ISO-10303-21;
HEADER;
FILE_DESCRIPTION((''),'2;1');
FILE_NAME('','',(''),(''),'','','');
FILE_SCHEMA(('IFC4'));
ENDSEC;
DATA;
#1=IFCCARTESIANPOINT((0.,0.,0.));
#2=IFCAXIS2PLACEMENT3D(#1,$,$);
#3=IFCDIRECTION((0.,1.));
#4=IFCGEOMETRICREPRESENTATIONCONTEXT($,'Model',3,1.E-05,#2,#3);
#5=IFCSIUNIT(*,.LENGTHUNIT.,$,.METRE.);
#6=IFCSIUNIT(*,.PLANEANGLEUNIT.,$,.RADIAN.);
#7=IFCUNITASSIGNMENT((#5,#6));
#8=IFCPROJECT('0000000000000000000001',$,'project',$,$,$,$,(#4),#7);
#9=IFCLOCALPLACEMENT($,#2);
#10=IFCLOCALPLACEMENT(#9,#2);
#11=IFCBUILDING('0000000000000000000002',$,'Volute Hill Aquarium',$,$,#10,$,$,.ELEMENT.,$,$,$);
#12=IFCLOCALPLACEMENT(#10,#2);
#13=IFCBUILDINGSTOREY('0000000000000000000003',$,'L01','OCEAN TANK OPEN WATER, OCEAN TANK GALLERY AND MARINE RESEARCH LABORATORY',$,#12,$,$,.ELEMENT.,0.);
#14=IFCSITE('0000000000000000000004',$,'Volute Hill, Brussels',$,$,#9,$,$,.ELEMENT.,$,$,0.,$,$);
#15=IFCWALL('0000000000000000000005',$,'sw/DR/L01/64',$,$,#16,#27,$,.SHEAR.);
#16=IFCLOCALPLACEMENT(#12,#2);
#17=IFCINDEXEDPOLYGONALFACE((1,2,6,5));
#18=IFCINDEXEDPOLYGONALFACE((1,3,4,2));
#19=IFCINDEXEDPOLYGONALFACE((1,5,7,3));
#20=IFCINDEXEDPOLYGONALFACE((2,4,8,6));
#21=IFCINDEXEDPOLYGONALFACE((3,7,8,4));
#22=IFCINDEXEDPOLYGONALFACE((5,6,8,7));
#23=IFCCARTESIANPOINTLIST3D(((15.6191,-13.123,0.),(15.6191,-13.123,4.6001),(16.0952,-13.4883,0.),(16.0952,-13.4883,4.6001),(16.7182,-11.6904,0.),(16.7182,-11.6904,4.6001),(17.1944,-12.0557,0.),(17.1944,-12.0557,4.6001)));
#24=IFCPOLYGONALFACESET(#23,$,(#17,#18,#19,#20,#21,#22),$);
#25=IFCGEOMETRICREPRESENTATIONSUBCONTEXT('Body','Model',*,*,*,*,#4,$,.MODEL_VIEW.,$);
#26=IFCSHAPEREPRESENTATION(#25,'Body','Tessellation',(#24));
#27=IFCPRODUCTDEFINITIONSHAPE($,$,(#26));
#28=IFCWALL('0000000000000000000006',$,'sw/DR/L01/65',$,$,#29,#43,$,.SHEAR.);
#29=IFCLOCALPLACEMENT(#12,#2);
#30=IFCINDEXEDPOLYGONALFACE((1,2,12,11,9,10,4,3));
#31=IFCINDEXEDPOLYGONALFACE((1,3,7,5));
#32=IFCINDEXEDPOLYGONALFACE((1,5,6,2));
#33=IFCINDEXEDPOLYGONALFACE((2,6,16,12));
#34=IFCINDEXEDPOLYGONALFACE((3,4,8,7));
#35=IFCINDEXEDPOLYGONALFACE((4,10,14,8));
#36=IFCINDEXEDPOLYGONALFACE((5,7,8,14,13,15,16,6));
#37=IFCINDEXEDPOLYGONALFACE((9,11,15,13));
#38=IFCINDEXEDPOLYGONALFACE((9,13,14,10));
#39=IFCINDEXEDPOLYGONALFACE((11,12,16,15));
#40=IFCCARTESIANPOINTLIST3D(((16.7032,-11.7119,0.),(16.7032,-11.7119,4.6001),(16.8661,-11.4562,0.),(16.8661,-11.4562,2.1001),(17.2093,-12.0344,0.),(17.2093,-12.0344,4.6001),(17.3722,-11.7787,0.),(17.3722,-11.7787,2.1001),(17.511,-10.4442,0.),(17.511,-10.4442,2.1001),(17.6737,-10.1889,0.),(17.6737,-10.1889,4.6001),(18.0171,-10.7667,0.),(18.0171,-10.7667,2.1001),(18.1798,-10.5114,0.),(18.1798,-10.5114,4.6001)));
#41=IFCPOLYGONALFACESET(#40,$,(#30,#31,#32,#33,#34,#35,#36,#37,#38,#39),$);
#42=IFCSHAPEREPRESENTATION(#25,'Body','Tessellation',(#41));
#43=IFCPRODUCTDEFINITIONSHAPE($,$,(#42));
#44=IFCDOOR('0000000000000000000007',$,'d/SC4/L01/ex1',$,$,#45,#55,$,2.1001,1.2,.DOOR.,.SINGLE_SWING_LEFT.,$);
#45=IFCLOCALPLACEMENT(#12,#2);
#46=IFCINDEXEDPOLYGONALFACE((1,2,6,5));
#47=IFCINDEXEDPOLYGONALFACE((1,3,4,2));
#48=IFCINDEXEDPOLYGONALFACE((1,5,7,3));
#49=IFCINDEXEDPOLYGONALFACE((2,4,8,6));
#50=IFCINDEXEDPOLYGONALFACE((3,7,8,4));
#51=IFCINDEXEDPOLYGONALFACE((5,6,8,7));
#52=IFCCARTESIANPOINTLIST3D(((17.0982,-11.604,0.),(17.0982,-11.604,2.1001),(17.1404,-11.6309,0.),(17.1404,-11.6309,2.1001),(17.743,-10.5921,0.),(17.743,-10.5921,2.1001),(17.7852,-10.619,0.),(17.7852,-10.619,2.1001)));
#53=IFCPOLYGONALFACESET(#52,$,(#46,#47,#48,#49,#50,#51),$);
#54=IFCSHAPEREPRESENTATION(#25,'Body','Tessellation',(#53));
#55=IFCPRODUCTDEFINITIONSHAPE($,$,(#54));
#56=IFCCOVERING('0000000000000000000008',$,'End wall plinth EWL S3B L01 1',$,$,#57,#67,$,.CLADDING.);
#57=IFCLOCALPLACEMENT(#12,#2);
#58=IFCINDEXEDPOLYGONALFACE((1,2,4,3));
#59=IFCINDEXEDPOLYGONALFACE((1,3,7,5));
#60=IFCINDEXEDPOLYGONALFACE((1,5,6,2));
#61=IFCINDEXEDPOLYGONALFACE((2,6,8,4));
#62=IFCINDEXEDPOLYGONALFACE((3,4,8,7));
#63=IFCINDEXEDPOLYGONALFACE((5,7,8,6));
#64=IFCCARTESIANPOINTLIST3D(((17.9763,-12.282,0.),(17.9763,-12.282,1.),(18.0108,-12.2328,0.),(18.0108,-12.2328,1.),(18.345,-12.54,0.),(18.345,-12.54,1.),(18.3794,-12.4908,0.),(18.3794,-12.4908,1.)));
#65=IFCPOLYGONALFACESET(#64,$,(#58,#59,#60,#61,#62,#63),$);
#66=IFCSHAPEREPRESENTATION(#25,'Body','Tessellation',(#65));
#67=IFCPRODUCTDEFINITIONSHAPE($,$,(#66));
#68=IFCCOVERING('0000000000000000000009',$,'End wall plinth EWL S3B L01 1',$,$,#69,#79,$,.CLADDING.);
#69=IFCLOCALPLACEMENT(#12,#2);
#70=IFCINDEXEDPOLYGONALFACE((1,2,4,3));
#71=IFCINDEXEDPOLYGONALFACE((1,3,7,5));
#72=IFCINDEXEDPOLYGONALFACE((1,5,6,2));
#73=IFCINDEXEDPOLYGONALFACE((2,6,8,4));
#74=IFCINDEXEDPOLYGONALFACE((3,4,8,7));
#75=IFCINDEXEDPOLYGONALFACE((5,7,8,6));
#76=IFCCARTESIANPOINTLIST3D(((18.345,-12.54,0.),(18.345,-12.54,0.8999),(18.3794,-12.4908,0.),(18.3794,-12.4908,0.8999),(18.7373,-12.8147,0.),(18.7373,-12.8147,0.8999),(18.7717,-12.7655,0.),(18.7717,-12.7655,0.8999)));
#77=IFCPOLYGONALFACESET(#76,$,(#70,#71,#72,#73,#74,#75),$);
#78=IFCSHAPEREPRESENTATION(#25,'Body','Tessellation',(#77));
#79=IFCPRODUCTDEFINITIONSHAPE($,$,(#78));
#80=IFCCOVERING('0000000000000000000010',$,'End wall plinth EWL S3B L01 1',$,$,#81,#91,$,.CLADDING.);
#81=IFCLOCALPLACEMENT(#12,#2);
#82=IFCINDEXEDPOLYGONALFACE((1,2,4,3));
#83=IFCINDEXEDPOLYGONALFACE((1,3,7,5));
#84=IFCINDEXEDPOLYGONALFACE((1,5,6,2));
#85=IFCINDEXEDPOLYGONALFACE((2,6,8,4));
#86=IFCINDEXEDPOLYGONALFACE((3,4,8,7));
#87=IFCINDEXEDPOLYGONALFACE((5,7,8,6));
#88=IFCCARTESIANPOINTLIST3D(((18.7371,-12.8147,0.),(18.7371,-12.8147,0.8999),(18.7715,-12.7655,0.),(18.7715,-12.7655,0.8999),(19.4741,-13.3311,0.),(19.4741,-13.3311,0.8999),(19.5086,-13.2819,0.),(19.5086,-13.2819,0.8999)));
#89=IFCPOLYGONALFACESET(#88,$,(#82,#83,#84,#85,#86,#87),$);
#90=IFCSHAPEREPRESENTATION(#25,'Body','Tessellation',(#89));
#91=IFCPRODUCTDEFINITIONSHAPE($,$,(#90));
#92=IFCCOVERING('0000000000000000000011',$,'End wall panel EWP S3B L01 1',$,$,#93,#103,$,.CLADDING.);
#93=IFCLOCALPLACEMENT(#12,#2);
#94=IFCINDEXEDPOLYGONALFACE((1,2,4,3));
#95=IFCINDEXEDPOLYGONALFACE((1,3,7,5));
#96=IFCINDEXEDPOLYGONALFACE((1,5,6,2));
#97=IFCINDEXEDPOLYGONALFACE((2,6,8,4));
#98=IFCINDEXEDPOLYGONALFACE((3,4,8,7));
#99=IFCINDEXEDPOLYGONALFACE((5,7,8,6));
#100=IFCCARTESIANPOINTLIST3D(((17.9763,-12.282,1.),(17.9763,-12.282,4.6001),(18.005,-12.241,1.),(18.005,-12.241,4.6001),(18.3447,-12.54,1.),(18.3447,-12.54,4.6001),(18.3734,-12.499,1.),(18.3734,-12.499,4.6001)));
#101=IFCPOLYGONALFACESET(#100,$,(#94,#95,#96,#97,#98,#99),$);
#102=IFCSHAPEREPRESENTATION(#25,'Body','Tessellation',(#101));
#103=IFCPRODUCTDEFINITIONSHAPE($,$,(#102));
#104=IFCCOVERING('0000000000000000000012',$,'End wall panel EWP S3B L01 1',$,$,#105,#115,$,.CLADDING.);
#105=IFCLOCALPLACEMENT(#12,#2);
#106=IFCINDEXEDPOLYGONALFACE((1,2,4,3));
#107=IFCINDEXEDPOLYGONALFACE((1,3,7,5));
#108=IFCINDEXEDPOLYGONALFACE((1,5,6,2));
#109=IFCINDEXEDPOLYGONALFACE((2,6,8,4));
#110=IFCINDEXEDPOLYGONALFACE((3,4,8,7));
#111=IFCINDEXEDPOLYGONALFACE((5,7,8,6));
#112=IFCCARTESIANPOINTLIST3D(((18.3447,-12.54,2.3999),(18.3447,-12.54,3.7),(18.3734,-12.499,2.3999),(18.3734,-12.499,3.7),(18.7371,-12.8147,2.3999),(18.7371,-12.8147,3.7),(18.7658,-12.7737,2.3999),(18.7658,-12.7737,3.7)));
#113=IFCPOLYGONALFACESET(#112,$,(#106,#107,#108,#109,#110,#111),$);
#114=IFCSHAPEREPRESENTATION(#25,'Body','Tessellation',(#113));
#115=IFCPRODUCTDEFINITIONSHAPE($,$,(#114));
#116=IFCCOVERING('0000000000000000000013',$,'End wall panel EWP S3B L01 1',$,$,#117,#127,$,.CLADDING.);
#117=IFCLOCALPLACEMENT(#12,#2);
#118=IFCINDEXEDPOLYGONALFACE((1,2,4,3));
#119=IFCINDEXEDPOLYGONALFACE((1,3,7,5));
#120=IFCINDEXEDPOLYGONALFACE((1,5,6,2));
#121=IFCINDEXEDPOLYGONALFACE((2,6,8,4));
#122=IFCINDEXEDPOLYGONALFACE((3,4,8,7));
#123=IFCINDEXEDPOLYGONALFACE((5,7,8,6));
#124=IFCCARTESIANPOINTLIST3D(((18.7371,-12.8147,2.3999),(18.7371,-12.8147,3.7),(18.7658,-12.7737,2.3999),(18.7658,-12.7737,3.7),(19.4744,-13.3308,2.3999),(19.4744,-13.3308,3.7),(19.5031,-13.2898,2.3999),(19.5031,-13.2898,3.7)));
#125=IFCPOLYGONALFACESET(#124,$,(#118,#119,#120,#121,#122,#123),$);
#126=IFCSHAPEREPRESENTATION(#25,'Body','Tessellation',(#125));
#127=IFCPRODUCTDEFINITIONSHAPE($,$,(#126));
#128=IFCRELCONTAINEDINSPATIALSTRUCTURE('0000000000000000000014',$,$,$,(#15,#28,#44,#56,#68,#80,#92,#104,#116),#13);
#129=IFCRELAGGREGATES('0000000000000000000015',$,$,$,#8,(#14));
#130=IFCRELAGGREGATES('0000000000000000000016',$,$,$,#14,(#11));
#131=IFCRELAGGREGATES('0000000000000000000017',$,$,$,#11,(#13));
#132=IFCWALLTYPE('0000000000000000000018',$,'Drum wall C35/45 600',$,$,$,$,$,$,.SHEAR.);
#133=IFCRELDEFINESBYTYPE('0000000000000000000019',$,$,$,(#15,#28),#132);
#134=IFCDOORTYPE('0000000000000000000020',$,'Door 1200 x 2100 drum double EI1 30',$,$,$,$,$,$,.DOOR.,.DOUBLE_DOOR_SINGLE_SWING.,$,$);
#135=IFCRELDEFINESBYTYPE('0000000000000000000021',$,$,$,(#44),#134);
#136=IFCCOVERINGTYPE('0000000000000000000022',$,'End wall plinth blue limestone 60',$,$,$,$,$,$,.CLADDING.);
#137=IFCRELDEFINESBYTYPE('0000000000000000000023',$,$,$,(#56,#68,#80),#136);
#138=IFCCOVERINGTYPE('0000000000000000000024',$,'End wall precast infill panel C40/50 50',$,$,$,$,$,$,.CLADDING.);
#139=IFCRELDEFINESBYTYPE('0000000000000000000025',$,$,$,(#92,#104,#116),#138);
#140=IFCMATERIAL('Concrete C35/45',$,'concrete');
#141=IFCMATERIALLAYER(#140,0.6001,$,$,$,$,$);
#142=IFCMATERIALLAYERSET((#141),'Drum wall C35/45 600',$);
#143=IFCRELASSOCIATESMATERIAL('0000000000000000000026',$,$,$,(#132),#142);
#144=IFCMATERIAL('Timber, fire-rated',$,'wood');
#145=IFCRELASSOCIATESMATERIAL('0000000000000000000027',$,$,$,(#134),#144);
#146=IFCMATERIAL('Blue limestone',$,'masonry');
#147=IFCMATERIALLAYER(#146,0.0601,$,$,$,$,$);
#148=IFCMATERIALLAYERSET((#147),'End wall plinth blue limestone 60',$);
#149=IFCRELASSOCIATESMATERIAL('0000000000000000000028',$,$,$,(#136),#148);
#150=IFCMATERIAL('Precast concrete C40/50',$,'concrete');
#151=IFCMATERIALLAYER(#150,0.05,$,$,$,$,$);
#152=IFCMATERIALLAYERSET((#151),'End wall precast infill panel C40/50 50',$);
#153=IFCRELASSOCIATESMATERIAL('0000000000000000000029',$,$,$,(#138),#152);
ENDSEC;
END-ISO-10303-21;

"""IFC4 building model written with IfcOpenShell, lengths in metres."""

from ifc_helpers import new_model, si_unit, direction, frame, frame_2d, origin, place, context, subcontext, project, spatial, polyline, rectangle, outline, extrude, material, layer, layer_set, type_object, element, fill, save


model = new_model("IFC4")

# Units and contexts
model_context = context("Model", 3, precision=1e-05, world=origin(), true_north=direction((0.0, 1.0)))
body_context = subcontext(model_context, "Body", "Model", "MODEL_VIEW")
ifc_project = project(units=[si_unit("LENGTHUNIT", "METRE"), si_unit("PLANEANGLEUNIT", "RADIAN")], contexts=[model_context])

# Site, building, storey
site_placement = place(None, origin())
site = spatial("IfcSite", under=ifc_project, at=site_placement, Name="Volute Hill, Brussels", CompositionType="ELEMENT", RefElevation=0.0)
building_placement = place(site_placement, origin())
building = spatial("IfcBuilding", under=site, at=building_placement, Name="Volute Hill Aquarium", CompositionType="ELEMENT")
storey_placement = place(building_placement, origin())
storey = spatial("IfcBuildingStorey", under=building, at=storey_placement, Name="L01", Description="OCEAN TANK OPEN WATER, OCEAN TANK GALLERY AND MARINE RESEARCH LABORATORY", CompositionType="ELEMENT", Elevation=0.0)

# Wall
ifc_material_1 = material(Name="Concrete C35/45", Category="concrete")
ifc_layer_1 = layer(ifc_material_1, 0.6001)
ifc_layer_set_1 = layer_set([ifc_layer_1], Name="Drum wall C35/45 600")
wall_type_1 = type_object("IfcWallType", Name="Drum wall C35/45 600", PredefinedType="SHEAR", material=ifc_layer_set_1)
wall_1_placement = place(storey_placement, frame((15.8572, -13.3057, 0.0), z_axis=(0.0, 0.0, 1.0), x_axis=(0.608704, 0.793397, 0.0)))
element("IfcWall", 1, at=wall_1_placement, inside=storey, type_object=wall_type_1, Name="sw/DR/L01/64", PredefinedType="SHEAR", context=body_context, shape_type="SweptSolid", body=[
    extrude(rectangle(XDim=1.8057, YDim=0.6001, at=frame_2d((0.9028, 0.0))), origin(), (0.0, 0.0, 1.0), 4.6001),
])

# Wall, opening, door
wall_2_placement = place(storey_placement, frame((16.9563, -11.873, 0.0), z_axis=(0.0, 0.0, 1.0), x_axis=(0.537392, 0.843333, 0.0)))
wall_2 = element("IfcWall", 2, at=wall_2_placement, inside=storey, type_object=wall_type_1, Name="sw/DR/L01/65", PredefinedType="SHEAR", context=body_context, shape_type="SweptSolid", body=[
    extrude(rectangle(XDim=1.8059, YDim=0.6001, at=frame_2d((0.9028, 0.0))), origin(), (0.0, 0.0, 1.0), 4.6001),
])
opening_1_placement = place(wall_2_placement, frame((0.303, 0.0, 0.0)))
opening_1 = element("IfcOpeningElement", 3, at=opening_1_placement, cuts=wall_2, PredefinedType="OPENING", context=body_context, shape_type="SweptSolid", body=[
    extrude(rectangle(XDim=1.2, YDim=2.1001, at=frame_2d((0.6001, 1.05))), frame((0.0, 0.3101, 0.0), z_axis=(0.0, -1.0, 0.0), x_axis=(1.0, 0.0, 0.0)), (0.0, 0.0, 1.0), 0.6201),
])
ifc_material_2 = material(Name="Timber, fire-rated", Category="wood")
door_type_1 = type_object("IfcDoorType", Name="Door 1200 x 2100 drum double EI1 30", OperationType="DOUBLE_DOOR_SINGLE_SWING", PredefinedType="DOOR", material=ifc_material_2)
door_1_placement = place(opening_1_placement, origin())
door_1 = element("IfcDoor", 4, at=door_1_placement, inside=storey, type_object=door_type_1, Name="d/SC4/L01/ex1", OperationType="SINGLE_SWING_LEFT", OverallHeight=2.1001, OverallWidth=1.2, PredefinedType="DOOR", context=body_context, shape_type="SweptSolid", body=[
    extrude(rectangle(XDim=1.2, YDim=2.1001, at=frame_2d((0.6001, 1.05))), frame((0.0, 0.0249, 0.0), z_axis=(0.0, -1.0, 0.0), x_axis=(1.0, 0.0, 0.0)), (0.0, 0.0, 1.0), 0.05),
])
fill(opening_1, door_1)

# Coverings
ifc_material_3 = material(Name="Blue limestone", Category="masonry")
ifc_layer_2 = layer(ifc_material_3, 0.0601)
ifc_layer_set_2 = layer_set([ifc_layer_2], Name="End wall plinth blue limestone 60")
covering_type_1 = type_object("IfcCoveringType", Name="End wall plinth blue limestone 60", PredefinedType="CLADDING", material=ifc_layer_set_2)
covering_1_placement = place(storey_placement, frame((17.9763, -12.282, 0.0), z_axis=(-0.573462, -0.819232, 0.0), x_axis=(0.819232, -0.573462, 0.0)))
element("IfcCovering", 5, at=covering_1_placement, inside=storey, type_object=covering_type_1, Name="End wall plinth EWL S3B L01 1", PredefinedType="CLADDING", context=body_context, shape_type="SweptSolid", body=[
    extrude(outline(polyline([(0.0, 0.0), (0.45, 0.0), (0.45, 1.0), (0.0, 1.0), (0.0, 0.0)])), origin(), (0.0, 0.0, -1.0), 0.0601),
])
covering_2_placement = place(storey_placement, frame((18.345, -12.54, 0.0), z_axis=(-0.573497, -0.819208, 0.0), x_axis=(0.819208, -0.573497, 0.0)))
element("IfcCovering", 6, at=covering_2_placement, inside=storey, type_object=covering_type_1, Name="End wall plinth EWL S3B L01 1", PredefinedType="CLADDING", context=body_context, shape_type="SweptSolid", body=[
    extrude(outline(polyline([(0.0, 0.0), (0.4789, 0.0), (0.4789, 0.8999), (0.0, 0.8999), (0.0, 0.0)])), origin(), (0.0, 0.0, -1.0), 0.0601),
])
covering_3_placement = place(storey_placement, frame((18.7371, -12.8147, 0.0), z_axis=(-0.573772, -0.819015, 0.0), x_axis=(0.819015, -0.573772, 0.0)))
element("IfcCovering", 7, at=covering_3_placement, inside=storey, type_object=covering_type_1, Name="End wall plinth EWL S3B L01 1", PredefinedType="CLADDING", context=body_context, shape_type="SweptSolid", body=[
    extrude(outline(polyline([(0.0, 0.0), (0.8999, 0.0), (0.8999, 0.8999), (0.0, 0.8999), (0.0, 0.0)])), origin(), (0.0, 0.0, -1.0), 0.0601),
])
ifc_material_4 = material(Name="Precast concrete C40/50", Category="concrete")
ifc_layer_3 = layer(ifc_material_4, 0.05)
ifc_layer_set_3 = layer_set([ifc_layer_3], Name="End wall precast infill panel C40/50 50")
covering_type_2 = type_object("IfcCoveringType", Name="End wall precast infill panel C40/50 50", PredefinedType="CLADDING", material=ifc_layer_set_3)
covering_4_placement = place(storey_placement, frame((17.9763, -12.282, 1.0), z_axis=(-0.573717, -0.819053, 0.0), x_axis=(0.819053, -0.573717, 0.0)))
element("IfcCovering", 8, at=covering_4_placement, inside=storey, type_object=covering_type_2, Name="End wall panel EWP S3B L01 1", PredefinedType="CLADDING", context=body_context, shape_type="SweptSolid", body=[
    extrude(outline(polyline([(0.0, 0.0), (0.4498, 0.0), (0.4498, 3.6001), (0.0, 3.6001), (0.0, 0.0)])), origin(), (0.0, 0.0, -1.0), 0.05),
])
covering_5_placement = place(storey_placement, frame((18.3447, -12.54, 2.3999), z_axis=(-0.573497, -0.819208, 0.0), x_axis=(0.819208, -0.573497, 0.0)))
element("IfcCovering", 9, at=covering_5_placement, inside=storey, type_object=covering_type_2, Name="End wall panel EWP S3B L01 1", PredefinedType="CLADDING", context=body_context, shape_type="SweptSolid", body=[
    extrude(outline(polyline([(0.0, 0.0), (0.4789, 0.0), (0.4789, 1.3), (0.0, 1.3), (0.0, 0.0)])), origin(), (0.0, 0.0, -1.0), 0.05),
])
covering_6_placement = place(storey_placement, frame((18.7371, -12.8147, 2.3999), z_axis=(-0.573462, -0.819232, 0.0), x_axis=(0.819232, -0.573462, 0.0)))
element("IfcCovering", 10, at=covering_6_placement, inside=storey, type_object=covering_type_2, Name="End wall panel EWP S3B L01 1", PredefinedType="CLADDING", context=body_context, shape_type="SweptSolid", body=[
    extrude(outline(polyline([(0.0, 0.0), (0.9, 0.0), (0.9, 1.3), (0.0, 1.3), (0.0, 0.0)])), origin(), (0.0, 0.0, -1.0), 0.05),
])

save(model, "model.ifc")
